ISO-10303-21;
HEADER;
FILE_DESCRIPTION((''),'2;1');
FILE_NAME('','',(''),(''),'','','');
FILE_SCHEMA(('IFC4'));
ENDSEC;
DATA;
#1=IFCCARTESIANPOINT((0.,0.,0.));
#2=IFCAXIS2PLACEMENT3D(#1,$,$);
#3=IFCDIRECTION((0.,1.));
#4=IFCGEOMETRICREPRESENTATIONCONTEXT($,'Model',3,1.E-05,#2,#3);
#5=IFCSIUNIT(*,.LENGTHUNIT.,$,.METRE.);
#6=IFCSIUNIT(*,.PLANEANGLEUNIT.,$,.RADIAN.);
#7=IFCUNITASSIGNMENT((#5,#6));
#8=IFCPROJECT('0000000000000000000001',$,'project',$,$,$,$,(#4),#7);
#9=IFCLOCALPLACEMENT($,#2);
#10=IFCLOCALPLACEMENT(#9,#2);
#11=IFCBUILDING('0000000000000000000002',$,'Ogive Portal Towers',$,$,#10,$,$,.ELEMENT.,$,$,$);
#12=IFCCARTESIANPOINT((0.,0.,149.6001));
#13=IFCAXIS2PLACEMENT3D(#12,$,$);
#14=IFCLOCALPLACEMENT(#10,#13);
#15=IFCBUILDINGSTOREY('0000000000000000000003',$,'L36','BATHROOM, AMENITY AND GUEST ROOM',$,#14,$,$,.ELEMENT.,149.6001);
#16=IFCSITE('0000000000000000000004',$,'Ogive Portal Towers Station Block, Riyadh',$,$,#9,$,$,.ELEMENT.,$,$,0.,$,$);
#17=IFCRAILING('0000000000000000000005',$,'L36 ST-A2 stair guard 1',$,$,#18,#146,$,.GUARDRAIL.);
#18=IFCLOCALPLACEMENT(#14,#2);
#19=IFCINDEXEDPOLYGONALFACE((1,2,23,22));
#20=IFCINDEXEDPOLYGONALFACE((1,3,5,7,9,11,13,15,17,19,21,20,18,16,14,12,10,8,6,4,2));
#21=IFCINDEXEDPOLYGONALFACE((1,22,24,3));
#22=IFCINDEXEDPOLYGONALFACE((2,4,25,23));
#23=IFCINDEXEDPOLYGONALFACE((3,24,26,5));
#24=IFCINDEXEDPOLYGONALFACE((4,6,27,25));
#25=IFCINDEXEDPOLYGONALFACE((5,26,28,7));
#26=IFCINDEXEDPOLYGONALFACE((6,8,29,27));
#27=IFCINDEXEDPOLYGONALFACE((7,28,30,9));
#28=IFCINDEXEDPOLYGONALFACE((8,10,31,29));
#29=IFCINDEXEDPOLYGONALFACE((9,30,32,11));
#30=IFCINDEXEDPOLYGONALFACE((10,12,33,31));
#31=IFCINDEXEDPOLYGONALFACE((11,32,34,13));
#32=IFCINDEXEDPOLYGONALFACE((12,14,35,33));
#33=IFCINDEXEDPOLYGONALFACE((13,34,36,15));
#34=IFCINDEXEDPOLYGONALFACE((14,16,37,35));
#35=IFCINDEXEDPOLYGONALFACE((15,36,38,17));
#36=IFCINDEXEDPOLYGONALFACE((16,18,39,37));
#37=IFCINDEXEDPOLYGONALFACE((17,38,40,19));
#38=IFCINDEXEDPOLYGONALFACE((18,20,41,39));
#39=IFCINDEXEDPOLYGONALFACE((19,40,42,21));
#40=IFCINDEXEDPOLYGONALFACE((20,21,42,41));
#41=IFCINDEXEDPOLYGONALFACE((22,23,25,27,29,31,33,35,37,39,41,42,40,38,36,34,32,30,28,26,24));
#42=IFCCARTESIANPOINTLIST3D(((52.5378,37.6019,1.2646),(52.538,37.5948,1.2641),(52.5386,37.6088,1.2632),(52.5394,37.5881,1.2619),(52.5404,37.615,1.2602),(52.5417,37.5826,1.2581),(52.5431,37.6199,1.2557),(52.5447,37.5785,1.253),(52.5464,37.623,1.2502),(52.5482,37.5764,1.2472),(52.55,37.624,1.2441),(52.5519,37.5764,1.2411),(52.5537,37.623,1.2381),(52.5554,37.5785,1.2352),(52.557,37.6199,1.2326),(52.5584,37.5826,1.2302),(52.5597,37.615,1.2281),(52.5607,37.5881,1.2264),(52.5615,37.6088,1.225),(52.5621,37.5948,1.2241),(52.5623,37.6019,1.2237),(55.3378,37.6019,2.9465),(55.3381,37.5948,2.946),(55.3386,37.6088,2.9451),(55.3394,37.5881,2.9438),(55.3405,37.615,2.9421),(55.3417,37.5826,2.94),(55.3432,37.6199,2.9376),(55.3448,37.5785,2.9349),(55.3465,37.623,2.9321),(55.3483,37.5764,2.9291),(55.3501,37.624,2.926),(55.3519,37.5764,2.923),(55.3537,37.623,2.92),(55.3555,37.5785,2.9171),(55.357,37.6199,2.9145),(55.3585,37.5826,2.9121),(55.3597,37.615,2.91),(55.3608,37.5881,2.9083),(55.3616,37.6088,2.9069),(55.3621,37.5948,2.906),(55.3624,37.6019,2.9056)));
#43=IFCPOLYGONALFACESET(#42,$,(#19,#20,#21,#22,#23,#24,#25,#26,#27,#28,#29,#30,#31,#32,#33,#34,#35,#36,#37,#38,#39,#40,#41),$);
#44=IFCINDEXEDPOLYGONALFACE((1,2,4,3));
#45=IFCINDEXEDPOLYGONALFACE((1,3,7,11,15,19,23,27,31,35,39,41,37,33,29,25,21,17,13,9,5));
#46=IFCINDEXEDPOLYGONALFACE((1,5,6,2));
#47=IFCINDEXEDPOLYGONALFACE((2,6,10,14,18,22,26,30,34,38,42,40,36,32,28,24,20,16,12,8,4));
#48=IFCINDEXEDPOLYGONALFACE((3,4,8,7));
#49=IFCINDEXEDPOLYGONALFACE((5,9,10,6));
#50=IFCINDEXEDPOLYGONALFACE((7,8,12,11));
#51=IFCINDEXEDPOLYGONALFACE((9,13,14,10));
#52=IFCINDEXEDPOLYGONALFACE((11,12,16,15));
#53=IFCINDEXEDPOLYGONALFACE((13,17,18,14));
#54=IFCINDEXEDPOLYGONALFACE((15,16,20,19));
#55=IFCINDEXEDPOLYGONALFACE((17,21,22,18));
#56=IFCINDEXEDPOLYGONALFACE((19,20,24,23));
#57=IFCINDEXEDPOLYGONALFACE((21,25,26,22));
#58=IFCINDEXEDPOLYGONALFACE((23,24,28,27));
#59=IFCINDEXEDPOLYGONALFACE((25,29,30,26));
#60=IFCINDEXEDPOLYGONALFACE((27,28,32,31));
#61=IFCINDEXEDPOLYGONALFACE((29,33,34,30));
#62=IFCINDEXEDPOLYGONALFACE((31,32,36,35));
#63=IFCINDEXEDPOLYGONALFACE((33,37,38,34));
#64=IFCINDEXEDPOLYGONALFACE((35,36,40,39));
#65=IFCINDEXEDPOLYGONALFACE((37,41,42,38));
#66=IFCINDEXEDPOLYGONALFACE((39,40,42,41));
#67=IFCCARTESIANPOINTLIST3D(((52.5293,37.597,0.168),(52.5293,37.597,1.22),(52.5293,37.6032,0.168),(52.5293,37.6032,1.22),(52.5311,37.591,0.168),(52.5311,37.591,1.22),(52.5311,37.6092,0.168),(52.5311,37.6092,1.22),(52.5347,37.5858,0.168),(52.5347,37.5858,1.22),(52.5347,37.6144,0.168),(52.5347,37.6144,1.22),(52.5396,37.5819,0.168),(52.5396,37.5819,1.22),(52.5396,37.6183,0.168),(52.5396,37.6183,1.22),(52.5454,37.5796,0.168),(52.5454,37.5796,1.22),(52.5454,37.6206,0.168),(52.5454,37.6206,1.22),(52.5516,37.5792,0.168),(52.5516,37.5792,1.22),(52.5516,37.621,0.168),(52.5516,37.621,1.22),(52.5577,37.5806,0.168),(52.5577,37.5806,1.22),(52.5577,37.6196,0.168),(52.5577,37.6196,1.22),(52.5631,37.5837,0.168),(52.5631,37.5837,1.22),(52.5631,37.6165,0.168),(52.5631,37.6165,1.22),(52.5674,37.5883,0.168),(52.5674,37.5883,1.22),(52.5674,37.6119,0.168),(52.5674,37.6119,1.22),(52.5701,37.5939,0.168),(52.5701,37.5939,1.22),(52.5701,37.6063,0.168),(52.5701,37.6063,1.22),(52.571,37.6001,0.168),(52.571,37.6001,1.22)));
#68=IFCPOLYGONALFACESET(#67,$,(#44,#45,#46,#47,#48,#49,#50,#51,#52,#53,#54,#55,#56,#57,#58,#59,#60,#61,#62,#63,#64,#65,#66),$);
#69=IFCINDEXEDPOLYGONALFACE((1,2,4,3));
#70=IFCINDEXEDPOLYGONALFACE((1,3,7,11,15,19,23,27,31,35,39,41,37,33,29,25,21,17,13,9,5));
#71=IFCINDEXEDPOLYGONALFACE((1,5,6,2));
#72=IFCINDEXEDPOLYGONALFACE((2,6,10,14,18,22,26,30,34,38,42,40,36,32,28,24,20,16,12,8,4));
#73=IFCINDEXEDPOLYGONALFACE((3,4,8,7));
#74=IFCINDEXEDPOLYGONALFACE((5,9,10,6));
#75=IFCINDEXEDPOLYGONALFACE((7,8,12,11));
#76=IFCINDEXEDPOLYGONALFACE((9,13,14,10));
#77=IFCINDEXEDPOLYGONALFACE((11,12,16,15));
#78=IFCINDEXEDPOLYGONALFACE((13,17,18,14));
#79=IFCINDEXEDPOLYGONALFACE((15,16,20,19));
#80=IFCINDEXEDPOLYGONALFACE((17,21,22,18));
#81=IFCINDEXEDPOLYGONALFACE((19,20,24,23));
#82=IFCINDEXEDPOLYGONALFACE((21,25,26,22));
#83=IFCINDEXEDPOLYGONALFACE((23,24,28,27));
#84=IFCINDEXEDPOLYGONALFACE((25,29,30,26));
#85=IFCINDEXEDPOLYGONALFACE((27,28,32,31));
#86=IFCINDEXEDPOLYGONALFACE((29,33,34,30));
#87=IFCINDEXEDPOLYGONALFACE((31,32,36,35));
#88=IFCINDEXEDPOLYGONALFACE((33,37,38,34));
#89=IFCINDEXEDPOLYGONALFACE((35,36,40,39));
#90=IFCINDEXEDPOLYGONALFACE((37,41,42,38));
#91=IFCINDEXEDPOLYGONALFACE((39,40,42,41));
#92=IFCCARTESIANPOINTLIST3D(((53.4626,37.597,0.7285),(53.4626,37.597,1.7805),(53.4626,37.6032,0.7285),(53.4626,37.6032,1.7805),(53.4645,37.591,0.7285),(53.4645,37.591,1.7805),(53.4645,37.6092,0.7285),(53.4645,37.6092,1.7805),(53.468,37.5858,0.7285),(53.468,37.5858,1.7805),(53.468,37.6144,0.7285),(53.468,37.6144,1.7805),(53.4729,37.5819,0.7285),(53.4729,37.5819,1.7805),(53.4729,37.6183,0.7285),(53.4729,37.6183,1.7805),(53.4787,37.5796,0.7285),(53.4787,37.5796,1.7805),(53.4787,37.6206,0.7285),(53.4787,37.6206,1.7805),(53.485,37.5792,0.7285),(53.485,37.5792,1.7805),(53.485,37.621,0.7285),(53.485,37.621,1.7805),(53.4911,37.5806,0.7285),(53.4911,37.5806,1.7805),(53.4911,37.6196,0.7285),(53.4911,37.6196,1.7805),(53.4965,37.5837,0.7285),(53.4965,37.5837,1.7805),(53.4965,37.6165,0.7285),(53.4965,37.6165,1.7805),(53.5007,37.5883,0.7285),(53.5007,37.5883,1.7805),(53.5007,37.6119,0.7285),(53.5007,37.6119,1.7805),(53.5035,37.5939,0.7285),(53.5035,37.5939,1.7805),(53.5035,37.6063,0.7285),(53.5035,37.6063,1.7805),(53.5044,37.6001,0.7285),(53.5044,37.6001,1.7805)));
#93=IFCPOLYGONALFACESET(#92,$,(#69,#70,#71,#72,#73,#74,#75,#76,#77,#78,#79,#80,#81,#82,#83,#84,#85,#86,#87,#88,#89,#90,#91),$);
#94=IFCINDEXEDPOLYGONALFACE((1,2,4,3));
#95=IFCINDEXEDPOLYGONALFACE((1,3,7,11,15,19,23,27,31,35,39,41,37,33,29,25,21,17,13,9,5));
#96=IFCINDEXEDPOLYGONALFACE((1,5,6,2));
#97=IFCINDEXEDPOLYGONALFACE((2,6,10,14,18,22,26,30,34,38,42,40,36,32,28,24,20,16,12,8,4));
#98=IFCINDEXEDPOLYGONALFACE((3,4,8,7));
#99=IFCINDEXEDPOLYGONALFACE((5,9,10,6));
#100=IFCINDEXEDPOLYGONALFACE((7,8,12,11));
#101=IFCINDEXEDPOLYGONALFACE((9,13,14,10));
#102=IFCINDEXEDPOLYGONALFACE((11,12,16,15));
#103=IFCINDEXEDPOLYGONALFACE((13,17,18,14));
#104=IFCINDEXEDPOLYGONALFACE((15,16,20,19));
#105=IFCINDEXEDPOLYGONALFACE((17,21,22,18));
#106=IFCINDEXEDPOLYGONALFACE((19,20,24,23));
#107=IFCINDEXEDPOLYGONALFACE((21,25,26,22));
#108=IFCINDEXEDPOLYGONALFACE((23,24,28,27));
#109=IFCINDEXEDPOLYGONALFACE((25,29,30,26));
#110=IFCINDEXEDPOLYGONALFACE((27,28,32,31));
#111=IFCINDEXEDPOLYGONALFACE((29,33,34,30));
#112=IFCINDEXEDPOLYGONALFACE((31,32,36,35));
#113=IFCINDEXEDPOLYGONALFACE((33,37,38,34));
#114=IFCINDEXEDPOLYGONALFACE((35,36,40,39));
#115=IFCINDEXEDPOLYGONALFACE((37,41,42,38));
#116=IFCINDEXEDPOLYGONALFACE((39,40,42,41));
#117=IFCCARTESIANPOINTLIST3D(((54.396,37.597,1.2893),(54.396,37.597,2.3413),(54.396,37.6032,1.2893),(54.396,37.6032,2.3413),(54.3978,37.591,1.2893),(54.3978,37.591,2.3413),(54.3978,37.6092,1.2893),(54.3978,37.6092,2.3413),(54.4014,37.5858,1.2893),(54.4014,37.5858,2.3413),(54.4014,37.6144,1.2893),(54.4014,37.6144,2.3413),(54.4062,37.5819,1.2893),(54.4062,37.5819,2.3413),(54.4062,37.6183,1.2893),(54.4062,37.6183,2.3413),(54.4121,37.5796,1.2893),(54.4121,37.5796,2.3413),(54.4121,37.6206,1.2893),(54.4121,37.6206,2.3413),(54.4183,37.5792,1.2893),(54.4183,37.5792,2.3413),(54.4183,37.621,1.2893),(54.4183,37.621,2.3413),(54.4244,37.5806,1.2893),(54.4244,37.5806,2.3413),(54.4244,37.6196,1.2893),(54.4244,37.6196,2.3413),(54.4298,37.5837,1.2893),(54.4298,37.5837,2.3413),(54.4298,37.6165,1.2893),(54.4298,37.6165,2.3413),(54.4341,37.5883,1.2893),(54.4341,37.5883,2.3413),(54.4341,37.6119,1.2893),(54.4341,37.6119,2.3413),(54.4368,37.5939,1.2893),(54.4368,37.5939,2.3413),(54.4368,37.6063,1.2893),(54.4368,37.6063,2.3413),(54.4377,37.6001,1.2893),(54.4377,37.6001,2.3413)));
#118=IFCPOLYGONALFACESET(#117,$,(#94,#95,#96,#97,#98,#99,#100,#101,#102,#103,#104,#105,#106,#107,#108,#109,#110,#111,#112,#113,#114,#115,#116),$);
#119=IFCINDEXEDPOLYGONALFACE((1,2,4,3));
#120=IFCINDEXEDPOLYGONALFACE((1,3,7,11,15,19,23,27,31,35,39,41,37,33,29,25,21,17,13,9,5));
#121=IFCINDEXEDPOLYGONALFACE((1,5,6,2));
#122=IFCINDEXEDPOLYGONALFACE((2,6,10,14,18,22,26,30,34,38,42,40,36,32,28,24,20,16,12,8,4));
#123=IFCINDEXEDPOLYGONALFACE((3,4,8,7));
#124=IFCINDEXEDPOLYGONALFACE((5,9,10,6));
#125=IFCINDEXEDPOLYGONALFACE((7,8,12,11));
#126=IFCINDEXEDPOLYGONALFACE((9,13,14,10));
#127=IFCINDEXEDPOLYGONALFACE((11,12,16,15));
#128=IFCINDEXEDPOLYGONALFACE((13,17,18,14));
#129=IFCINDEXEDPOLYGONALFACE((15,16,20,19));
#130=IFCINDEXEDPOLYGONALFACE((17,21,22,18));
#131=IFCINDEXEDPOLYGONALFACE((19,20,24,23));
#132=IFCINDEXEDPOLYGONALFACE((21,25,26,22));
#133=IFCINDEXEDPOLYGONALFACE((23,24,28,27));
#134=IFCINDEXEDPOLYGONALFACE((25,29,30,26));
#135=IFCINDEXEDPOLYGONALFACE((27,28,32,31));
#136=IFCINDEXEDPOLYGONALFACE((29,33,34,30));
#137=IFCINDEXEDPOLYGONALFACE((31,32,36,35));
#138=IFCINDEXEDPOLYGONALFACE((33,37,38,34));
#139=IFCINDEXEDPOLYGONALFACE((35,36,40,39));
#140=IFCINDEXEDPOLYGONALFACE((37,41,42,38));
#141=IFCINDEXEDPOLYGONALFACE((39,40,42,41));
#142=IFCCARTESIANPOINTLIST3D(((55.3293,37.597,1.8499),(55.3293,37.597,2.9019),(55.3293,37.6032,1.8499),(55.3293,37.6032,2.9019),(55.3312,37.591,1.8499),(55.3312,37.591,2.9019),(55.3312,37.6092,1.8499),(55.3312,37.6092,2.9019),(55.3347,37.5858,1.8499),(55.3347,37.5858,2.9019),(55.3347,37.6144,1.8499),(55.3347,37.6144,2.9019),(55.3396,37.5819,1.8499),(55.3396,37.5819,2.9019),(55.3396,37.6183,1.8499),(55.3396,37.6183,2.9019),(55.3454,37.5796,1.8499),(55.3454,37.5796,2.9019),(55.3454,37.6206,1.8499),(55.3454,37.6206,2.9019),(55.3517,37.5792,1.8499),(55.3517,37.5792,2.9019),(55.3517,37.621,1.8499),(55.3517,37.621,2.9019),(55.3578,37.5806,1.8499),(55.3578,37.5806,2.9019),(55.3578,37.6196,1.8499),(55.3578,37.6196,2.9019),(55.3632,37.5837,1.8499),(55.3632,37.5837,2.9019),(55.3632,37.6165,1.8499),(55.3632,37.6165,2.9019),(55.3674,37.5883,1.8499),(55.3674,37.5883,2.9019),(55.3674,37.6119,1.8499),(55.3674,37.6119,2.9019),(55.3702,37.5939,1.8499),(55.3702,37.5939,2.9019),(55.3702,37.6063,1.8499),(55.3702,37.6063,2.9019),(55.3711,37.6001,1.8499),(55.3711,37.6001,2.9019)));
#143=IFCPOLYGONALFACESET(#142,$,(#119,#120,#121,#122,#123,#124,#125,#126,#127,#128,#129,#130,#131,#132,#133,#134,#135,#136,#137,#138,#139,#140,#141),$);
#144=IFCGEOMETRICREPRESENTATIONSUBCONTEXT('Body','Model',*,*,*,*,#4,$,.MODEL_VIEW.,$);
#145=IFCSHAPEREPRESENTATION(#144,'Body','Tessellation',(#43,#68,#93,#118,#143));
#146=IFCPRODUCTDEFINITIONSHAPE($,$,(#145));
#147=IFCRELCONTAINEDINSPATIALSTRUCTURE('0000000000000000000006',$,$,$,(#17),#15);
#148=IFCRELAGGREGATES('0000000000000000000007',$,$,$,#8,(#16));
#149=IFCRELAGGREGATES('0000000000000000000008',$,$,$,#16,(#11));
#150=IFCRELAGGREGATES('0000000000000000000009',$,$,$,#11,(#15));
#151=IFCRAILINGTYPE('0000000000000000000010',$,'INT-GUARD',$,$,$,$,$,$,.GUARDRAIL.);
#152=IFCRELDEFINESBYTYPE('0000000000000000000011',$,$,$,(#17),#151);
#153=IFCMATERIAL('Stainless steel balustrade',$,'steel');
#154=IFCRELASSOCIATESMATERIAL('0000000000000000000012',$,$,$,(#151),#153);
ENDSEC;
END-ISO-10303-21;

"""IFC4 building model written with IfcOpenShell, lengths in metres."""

from ifc_helpers import new_model, si_unit, direction, frame, origin, origin_2d, place, context, subcontext, project, spatial, circle, extrude, material, type_object, element, save


model = new_model("IFC4")

# Units and contexts
model_context = context("Model", 3, precision=1e-05, world=origin(), true_north=direction((0.0, 1.0)))
body_context = subcontext(model_context, "Body", "Model", "MODEL_VIEW")
ifc_project = project(units=[si_unit("LENGTHUNIT", "METRE"), si_unit("PLANEANGLEUNIT", "RADIAN")], contexts=[model_context])

# Site, building, storey
site_placement = place(None, origin())
site = spatial("IfcSite", under=ifc_project, at=site_placement, Name="Ogive Portal Towers Station Block, Riyadh", CompositionType="ELEMENT", RefElevation=0.0)
building_placement = place(site_placement, origin())
building = spatial("IfcBuilding", under=site, at=building_placement, Name="Ogive Portal Towers", CompositionType="ELEMENT")
storey_placement = place(building_placement, frame((0.0, 0.0, 149.6001)))
storey = spatial("IfcBuildingStorey", under=building, at=storey_placement, Name="L36", Description="BATHROOM, AMENITY AND GUEST ROOM", CompositionType="ELEMENT", Elevation=149.6001)

# Railing
ifc_material_1 = material(Name="Stainless steel balustrade", Category="steel")
railing_type_1 = type_object("IfcRailingType", Name="INT-GUARD", PredefinedType="GUARDRAIL", material=ifc_material_1)
railing_1_placement = place(storey_placement, frame((52.55, 37.6001, 0.168)))
element("IfcRailing", 1, at=railing_1_placement, inside=storey, type_object=railing_type_1, Name="L36 ST-A2 stair guard 1", PredefinedType="GUARDRAIL", context=body_context, shape_type="SweptSolid", body=[
    extrude(circle(Radius=0.0239, at=origin_2d()), frame((0.0, 0.0, 1.0762), z_axis=(0.857242, 0.0, 0.514913), x_axis=(0.0, 1.0, 0.0)), (0.0, 0.0, 1.0), 3.2664),
    extrude(circle(Radius=0.021, at=origin_2d()), origin(), (0.0, 0.0, 1.0), 1.052),
    extrude(circle(Radius=0.021, at=origin_2d()), frame((0.9333, 0.0, 0.5605)), (0.0, 0.0, 1.0), 1.052),
    extrude(circle(Radius=0.021, at=origin_2d()), frame((1.8667, 0.0, 1.1213)), (0.0, 0.0, 1.0), 1.052),
    extrude(circle(Radius=0.021, at=origin_2d()), frame((2.8, 0.0, 1.6819)), (0.0, 0.0, 1.0), 1.052),
])

save(model, "model.ifc")
